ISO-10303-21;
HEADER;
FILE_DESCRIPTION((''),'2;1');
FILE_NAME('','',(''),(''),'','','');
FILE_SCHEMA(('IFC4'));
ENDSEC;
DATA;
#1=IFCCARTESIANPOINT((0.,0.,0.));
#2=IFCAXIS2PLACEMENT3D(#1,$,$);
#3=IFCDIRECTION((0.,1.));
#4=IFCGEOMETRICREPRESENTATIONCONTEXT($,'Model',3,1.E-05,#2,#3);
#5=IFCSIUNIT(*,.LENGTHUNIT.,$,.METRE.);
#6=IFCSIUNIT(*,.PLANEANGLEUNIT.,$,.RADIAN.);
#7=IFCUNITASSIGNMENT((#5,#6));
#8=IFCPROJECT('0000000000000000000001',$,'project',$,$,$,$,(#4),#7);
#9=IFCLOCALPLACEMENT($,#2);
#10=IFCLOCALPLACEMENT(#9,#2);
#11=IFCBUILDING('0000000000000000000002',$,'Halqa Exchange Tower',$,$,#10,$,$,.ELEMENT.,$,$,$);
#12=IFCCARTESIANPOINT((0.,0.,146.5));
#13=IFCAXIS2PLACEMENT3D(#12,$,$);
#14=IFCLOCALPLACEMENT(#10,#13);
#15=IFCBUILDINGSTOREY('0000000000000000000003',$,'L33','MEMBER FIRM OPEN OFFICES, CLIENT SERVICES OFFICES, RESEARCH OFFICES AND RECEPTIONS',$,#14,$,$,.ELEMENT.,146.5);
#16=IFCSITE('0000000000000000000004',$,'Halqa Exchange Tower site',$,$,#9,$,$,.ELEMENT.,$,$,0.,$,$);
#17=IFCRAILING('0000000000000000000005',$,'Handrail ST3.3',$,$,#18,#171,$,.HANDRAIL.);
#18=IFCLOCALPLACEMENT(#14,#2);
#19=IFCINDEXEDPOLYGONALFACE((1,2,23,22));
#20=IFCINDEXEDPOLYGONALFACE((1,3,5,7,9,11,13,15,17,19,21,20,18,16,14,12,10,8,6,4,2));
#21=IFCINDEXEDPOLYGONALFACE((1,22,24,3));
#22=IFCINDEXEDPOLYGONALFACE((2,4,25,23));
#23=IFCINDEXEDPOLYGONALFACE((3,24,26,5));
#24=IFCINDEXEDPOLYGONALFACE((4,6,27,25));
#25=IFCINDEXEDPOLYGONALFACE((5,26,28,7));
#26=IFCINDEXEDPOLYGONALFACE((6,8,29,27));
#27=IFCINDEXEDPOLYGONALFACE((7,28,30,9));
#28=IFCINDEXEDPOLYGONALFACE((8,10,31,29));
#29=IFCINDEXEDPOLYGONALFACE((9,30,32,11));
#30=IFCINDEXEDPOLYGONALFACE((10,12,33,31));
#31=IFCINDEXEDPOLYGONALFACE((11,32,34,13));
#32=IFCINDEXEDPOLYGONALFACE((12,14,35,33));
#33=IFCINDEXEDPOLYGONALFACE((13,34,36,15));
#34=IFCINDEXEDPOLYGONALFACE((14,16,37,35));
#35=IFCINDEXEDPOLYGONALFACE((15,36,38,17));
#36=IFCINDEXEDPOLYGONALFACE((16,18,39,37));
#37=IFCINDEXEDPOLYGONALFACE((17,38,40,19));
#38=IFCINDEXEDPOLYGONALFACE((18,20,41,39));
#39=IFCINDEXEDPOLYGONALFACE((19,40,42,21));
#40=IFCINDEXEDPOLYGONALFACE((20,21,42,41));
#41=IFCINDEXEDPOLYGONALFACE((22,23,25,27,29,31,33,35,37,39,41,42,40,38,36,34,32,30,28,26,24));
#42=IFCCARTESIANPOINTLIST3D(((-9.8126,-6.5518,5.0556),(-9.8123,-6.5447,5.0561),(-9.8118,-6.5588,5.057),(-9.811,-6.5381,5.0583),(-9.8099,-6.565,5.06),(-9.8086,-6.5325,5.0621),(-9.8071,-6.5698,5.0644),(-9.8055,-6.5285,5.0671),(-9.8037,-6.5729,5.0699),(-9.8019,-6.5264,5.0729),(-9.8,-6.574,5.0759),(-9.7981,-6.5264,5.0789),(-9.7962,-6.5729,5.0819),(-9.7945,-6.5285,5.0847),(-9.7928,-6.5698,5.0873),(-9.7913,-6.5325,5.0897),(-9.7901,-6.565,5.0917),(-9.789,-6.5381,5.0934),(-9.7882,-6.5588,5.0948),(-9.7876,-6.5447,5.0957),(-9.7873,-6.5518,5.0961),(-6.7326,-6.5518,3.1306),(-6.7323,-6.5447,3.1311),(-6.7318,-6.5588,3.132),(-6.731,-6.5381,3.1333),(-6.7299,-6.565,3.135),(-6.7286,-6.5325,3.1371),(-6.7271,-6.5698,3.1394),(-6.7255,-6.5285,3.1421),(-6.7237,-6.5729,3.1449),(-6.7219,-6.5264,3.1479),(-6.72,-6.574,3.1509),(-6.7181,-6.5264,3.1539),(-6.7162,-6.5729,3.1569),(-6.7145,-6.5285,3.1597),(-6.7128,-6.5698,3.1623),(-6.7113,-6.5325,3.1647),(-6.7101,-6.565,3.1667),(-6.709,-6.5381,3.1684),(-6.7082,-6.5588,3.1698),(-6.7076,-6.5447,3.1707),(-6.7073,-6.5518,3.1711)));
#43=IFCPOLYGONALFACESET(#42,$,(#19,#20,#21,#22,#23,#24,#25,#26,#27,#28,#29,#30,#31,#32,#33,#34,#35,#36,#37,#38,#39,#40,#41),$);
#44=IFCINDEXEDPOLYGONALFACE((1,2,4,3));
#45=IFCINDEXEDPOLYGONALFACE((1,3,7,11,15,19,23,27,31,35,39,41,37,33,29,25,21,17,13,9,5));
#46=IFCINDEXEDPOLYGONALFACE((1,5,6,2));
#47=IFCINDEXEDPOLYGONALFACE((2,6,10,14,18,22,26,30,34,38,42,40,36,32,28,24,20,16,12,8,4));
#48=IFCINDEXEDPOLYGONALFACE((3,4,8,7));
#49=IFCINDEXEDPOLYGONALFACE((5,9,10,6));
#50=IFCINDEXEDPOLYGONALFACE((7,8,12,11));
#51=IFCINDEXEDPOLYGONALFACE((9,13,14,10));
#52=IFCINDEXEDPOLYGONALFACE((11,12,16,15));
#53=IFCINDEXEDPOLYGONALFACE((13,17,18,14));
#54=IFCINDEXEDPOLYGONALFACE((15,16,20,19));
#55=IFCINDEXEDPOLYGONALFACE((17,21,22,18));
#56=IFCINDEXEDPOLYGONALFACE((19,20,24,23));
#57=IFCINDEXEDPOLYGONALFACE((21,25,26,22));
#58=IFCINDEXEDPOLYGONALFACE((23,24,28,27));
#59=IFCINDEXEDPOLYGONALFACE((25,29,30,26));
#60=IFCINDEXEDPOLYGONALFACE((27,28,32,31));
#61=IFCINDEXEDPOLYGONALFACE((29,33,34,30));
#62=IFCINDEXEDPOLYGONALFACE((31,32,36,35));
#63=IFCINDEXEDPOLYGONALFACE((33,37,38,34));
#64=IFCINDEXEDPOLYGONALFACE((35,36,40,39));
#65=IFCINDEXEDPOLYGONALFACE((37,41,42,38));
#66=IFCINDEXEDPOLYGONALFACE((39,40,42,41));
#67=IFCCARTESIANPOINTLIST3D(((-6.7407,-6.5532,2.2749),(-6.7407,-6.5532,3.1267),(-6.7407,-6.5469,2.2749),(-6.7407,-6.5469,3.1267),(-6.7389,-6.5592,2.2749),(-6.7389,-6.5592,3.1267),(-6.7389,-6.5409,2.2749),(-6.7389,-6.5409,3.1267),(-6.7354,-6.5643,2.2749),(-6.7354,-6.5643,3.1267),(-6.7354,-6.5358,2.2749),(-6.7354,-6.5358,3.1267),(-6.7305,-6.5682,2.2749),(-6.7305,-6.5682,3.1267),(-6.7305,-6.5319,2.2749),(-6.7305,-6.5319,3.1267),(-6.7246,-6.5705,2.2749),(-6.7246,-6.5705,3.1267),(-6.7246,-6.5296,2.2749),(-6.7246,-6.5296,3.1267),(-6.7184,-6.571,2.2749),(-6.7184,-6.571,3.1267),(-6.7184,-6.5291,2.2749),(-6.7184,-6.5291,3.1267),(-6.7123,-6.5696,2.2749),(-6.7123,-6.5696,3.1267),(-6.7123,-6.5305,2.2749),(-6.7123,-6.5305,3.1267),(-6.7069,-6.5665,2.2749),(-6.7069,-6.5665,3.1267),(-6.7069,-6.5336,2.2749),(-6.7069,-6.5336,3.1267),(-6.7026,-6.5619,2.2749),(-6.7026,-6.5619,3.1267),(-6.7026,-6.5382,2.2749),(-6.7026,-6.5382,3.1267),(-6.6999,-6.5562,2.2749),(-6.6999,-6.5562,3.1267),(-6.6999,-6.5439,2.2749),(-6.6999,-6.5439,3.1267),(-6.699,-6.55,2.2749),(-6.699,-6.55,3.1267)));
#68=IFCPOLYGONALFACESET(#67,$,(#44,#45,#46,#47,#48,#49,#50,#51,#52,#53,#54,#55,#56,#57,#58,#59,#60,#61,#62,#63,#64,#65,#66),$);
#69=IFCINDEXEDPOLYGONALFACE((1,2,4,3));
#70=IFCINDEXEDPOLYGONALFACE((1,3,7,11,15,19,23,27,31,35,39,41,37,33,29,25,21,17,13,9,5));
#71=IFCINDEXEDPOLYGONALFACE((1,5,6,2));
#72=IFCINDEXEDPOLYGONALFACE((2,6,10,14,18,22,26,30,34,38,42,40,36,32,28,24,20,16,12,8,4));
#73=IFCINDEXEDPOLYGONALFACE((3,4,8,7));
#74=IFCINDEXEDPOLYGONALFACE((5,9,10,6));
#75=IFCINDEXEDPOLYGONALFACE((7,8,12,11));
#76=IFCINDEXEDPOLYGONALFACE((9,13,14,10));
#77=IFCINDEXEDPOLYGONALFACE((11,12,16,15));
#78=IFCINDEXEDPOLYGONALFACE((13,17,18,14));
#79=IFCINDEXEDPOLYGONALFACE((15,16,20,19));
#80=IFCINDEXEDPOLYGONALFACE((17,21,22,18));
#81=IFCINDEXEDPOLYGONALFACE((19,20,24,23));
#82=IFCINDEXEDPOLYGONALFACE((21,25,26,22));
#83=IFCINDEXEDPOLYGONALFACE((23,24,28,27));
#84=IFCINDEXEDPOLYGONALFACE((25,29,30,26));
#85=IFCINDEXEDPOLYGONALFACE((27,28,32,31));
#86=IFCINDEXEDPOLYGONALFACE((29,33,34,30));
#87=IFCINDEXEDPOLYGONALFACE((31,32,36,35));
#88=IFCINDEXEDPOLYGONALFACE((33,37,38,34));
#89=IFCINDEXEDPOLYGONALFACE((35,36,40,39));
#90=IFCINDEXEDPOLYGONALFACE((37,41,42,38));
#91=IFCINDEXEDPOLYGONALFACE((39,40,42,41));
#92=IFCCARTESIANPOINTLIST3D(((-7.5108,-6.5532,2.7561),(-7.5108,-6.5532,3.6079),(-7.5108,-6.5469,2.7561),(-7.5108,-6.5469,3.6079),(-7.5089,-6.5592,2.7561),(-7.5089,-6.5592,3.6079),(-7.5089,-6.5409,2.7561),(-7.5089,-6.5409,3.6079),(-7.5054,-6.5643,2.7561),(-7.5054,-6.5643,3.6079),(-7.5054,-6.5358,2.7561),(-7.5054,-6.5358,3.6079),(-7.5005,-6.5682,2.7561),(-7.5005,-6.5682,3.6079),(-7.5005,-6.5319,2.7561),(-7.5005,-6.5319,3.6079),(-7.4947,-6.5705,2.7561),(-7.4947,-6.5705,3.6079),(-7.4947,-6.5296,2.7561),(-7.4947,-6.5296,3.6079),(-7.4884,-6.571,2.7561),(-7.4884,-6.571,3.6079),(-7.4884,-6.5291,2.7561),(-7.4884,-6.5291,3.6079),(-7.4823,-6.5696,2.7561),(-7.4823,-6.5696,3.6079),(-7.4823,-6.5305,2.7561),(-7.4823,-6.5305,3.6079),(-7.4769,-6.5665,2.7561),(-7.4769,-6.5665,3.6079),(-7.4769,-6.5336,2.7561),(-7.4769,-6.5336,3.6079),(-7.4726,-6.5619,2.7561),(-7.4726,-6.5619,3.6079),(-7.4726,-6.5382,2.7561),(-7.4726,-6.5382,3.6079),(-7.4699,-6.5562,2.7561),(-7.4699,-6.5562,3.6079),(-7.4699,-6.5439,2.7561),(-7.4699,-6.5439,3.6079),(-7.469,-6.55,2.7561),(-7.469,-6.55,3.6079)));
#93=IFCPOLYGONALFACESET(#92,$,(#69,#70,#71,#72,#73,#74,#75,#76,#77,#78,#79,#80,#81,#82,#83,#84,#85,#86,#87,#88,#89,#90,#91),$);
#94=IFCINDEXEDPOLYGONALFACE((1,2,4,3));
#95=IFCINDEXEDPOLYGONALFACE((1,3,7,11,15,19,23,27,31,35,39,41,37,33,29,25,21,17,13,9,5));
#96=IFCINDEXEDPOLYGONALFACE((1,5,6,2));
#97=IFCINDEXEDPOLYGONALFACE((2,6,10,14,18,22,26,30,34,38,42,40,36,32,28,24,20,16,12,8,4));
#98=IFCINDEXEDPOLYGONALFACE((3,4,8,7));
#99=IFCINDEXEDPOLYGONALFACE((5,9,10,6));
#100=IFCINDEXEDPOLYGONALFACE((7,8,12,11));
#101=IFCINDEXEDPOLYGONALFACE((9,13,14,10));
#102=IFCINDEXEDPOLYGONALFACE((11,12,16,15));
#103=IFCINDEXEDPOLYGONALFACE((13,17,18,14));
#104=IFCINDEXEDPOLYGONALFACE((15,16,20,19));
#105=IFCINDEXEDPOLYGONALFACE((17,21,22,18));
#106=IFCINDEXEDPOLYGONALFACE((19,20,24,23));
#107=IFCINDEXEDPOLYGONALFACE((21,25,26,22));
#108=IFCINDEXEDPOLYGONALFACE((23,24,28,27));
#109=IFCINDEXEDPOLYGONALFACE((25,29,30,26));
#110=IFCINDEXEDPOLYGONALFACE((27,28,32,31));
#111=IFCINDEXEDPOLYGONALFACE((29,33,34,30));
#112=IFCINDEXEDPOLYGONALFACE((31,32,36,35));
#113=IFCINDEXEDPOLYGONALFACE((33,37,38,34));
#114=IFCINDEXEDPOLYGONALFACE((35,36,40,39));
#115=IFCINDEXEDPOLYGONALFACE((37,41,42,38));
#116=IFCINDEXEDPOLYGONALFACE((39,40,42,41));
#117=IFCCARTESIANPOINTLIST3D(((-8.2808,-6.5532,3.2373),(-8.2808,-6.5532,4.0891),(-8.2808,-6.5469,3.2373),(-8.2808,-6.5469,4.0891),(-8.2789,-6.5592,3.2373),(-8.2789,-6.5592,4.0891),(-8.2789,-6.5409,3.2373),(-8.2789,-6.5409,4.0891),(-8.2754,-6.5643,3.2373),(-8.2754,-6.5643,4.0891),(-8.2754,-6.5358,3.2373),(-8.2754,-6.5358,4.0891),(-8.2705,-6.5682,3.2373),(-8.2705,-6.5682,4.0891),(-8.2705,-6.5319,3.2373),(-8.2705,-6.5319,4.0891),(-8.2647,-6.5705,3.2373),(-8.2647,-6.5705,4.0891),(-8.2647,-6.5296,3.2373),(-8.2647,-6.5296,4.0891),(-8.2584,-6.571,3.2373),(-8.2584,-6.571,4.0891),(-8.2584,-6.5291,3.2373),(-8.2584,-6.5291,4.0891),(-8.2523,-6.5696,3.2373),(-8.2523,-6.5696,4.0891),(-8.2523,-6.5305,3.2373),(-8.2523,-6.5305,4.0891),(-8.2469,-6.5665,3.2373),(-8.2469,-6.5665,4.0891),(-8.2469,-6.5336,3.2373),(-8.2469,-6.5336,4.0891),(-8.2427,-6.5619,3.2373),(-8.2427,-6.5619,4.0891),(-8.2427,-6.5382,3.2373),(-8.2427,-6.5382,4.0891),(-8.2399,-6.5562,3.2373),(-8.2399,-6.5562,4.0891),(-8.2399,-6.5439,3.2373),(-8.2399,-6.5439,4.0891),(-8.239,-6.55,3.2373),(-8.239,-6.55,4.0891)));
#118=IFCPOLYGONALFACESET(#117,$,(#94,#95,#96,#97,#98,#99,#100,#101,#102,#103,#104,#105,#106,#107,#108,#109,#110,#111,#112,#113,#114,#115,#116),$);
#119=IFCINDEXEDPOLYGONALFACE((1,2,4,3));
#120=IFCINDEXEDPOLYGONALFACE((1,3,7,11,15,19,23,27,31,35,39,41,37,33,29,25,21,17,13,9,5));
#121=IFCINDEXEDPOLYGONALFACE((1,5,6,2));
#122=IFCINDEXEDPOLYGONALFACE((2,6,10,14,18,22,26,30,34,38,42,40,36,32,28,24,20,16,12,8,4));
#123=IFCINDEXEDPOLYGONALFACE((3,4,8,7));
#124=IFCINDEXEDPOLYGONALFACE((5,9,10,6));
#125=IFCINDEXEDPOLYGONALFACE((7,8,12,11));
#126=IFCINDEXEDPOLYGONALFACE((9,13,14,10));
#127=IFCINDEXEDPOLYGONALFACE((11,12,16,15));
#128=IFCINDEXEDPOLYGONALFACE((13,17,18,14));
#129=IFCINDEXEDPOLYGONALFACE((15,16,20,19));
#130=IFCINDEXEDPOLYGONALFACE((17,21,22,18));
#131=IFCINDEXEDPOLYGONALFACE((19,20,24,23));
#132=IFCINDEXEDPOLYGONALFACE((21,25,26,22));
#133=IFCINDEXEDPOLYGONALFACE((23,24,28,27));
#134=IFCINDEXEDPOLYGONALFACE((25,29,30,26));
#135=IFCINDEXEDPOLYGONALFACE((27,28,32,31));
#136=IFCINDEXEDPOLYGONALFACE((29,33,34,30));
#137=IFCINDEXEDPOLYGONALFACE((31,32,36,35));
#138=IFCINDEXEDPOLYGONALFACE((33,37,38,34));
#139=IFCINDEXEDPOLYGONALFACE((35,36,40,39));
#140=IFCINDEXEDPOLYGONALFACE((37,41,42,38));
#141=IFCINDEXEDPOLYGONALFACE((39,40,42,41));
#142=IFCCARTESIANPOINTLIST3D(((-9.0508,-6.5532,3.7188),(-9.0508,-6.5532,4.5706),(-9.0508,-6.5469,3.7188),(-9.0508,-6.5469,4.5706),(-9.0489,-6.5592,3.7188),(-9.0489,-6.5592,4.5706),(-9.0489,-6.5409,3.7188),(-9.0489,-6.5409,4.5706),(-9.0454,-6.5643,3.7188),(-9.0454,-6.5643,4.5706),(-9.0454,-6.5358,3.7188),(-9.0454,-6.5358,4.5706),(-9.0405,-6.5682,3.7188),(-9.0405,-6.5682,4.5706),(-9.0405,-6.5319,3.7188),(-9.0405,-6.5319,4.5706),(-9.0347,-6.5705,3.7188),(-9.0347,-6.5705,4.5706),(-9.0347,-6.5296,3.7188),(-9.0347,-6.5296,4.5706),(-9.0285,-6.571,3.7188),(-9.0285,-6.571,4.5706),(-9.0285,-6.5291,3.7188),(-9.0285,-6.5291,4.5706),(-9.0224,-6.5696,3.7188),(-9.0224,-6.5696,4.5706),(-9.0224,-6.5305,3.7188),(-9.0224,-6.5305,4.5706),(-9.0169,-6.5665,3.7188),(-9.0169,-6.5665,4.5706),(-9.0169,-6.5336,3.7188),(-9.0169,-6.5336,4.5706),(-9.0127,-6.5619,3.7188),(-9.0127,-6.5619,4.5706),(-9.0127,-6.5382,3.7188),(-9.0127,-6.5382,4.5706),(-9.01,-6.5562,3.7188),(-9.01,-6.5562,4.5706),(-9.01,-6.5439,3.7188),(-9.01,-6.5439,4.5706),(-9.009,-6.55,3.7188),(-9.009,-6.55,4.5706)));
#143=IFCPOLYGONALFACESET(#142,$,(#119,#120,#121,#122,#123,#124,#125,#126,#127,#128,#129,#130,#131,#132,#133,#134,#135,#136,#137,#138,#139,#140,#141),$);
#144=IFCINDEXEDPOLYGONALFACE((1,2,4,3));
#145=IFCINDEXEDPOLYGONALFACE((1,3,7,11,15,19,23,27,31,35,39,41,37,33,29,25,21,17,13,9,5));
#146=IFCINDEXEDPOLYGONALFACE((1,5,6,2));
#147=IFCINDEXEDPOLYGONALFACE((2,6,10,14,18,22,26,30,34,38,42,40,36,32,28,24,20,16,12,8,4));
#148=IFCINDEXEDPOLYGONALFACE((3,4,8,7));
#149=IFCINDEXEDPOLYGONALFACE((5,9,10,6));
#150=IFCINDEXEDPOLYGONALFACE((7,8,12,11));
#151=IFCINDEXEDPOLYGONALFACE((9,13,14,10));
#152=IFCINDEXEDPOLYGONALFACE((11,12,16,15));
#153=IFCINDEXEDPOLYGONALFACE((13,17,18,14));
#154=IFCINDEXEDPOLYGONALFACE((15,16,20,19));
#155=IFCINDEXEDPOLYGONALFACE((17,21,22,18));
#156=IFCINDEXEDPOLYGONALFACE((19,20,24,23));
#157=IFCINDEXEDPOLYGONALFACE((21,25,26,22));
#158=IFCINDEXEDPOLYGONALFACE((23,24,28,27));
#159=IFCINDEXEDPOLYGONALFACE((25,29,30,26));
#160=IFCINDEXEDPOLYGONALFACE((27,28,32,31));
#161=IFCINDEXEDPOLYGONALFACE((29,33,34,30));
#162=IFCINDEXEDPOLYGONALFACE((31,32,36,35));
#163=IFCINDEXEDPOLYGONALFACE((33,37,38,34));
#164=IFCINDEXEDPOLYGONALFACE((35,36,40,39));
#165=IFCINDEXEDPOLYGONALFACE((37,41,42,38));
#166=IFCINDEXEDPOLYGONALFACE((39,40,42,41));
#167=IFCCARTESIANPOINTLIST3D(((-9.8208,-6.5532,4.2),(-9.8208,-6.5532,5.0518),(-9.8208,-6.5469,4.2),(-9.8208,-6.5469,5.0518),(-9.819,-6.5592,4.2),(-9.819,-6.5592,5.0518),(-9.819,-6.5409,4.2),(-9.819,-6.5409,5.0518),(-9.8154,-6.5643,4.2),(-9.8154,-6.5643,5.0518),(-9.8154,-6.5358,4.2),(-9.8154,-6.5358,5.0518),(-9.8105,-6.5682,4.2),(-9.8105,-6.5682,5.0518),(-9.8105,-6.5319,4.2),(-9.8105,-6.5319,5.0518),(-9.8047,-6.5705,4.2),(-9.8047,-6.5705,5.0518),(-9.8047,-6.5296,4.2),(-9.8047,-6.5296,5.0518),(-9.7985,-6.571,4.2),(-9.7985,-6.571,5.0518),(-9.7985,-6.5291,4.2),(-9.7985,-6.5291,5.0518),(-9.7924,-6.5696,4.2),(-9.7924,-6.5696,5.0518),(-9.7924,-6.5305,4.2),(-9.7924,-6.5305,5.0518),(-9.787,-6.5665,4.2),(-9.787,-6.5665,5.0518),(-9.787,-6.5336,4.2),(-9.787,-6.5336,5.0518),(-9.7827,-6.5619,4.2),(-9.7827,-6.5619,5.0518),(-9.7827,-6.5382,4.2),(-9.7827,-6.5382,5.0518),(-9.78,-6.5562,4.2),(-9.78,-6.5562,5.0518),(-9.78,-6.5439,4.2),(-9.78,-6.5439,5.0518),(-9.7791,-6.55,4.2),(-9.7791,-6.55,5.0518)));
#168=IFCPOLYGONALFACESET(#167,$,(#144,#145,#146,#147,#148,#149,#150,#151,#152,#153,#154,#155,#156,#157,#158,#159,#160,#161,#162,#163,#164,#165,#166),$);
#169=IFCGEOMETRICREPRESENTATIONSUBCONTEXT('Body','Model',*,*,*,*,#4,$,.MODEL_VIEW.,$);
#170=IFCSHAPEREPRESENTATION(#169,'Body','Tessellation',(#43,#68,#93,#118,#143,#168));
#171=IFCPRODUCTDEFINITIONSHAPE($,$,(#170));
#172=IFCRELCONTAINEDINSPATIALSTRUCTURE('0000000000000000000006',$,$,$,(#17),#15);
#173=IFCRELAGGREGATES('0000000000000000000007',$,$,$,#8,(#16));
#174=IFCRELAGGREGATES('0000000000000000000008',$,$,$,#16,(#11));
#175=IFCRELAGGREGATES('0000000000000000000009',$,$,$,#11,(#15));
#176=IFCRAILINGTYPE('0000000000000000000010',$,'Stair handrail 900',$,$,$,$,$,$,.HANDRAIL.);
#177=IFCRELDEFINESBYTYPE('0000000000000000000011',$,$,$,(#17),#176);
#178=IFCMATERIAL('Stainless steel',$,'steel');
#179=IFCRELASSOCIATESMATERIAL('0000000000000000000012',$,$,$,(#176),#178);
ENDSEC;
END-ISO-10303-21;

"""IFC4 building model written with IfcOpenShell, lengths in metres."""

from ifc_helpers import new_model, si_unit, direction, frame, origin, origin_2d, place, context, subcontext, project, spatial, circle, extrude, material, type_object, element, save


model = new_model("IFC4")

# Units and contexts
model_context = context("Model", 3, precision=1e-05, world=origin(), true_north=direction((0.0, 1.0)))
body_context = subcontext(model_context, "Body", "Model", "MODEL_VIEW")
ifc_project = project(units=[si_unit("LENGTHUNIT", "METRE"), si_unit("PLANEANGLEUNIT", "RADIAN")], contexts=[model_context])

# Site, building, storey
site_placement = place(None, origin())
site = spatial("IfcSite", under=ifc_project, at=site_placement, Name="Halqa Exchange Tower site", CompositionType="ELEMENT", RefElevation=0.0)
building_placement = place(site_placement, origin())
building = spatial("IfcBuilding", under=site, at=building_placement, Name="Halqa Exchange Tower", CompositionType="ELEMENT")
storey_placement = place(building_placement, frame((0.0, 0.0, 146.5)))
storey = spatial("IfcBuildingStorey", under=building, at=storey_placement, Name="L33", Description="MEMBER FIRM OPEN OFFICES, CLIENT SERVICES OFFICES, RESEARCH OFFICES AND RECEPTIONS", CompositionType="ELEMENT", Elevation=146.5)

# Shared definitions
ifc_material_1 = material(Name="Stainless steel", Category="steel")

# Railing
railing_type_1 = type_object("IfcRailingType", Name="Stair handrail 900", PredefinedType="HANDRAIL", material=ifc_material_1)
railing_1_placement = place(storey_placement, frame((-6.72, -6.55, 2.2749)))
element("IfcRailing", 1, at=railing_1_placement, inside=storey, type_object=railing_type_1, Name="Handrail ST3.3", PredefinedType="HANDRAIL", context=body_context, shape_type="SweptSolid", body=[
    extrude(circle(Radius=0.0239, at=origin_2d()), frame((0.0, 0.0, 0.876), z_axis=(-0.847998, 0.0, 0.529999), x_axis=(0.0, -1.0, 0.0)), (0.0, 0.0, 1.0), 3.6321),
    extrude(circle(Radius=0.021, at=origin_2d()), origin(), (0.0, 0.0, 1.0), 0.8518),
    extrude(circle(Radius=0.021, at=origin_2d()), frame((-0.77, 0.0, 0.4812)), (0.0, 0.0, 1.0), 0.8518),
    extrude(circle(Radius=0.021, at=origin_2d()), frame((-1.54, 0.0, 0.9624)), (0.0, 0.0, 1.0), 0.8518),
    extrude(circle(Radius=0.021, at=origin_2d()), frame((-2.3101, 0.0, 1.4438)), (0.0, 0.0, 1.0), 0.8518),
    extrude(circle(Radius=0.021, at=origin_2d()), frame((-3.0801, 0.0, 1.925)), (0.0, 0.0, 1.0), 0.8518),
])

save(model, "model.ifc")
